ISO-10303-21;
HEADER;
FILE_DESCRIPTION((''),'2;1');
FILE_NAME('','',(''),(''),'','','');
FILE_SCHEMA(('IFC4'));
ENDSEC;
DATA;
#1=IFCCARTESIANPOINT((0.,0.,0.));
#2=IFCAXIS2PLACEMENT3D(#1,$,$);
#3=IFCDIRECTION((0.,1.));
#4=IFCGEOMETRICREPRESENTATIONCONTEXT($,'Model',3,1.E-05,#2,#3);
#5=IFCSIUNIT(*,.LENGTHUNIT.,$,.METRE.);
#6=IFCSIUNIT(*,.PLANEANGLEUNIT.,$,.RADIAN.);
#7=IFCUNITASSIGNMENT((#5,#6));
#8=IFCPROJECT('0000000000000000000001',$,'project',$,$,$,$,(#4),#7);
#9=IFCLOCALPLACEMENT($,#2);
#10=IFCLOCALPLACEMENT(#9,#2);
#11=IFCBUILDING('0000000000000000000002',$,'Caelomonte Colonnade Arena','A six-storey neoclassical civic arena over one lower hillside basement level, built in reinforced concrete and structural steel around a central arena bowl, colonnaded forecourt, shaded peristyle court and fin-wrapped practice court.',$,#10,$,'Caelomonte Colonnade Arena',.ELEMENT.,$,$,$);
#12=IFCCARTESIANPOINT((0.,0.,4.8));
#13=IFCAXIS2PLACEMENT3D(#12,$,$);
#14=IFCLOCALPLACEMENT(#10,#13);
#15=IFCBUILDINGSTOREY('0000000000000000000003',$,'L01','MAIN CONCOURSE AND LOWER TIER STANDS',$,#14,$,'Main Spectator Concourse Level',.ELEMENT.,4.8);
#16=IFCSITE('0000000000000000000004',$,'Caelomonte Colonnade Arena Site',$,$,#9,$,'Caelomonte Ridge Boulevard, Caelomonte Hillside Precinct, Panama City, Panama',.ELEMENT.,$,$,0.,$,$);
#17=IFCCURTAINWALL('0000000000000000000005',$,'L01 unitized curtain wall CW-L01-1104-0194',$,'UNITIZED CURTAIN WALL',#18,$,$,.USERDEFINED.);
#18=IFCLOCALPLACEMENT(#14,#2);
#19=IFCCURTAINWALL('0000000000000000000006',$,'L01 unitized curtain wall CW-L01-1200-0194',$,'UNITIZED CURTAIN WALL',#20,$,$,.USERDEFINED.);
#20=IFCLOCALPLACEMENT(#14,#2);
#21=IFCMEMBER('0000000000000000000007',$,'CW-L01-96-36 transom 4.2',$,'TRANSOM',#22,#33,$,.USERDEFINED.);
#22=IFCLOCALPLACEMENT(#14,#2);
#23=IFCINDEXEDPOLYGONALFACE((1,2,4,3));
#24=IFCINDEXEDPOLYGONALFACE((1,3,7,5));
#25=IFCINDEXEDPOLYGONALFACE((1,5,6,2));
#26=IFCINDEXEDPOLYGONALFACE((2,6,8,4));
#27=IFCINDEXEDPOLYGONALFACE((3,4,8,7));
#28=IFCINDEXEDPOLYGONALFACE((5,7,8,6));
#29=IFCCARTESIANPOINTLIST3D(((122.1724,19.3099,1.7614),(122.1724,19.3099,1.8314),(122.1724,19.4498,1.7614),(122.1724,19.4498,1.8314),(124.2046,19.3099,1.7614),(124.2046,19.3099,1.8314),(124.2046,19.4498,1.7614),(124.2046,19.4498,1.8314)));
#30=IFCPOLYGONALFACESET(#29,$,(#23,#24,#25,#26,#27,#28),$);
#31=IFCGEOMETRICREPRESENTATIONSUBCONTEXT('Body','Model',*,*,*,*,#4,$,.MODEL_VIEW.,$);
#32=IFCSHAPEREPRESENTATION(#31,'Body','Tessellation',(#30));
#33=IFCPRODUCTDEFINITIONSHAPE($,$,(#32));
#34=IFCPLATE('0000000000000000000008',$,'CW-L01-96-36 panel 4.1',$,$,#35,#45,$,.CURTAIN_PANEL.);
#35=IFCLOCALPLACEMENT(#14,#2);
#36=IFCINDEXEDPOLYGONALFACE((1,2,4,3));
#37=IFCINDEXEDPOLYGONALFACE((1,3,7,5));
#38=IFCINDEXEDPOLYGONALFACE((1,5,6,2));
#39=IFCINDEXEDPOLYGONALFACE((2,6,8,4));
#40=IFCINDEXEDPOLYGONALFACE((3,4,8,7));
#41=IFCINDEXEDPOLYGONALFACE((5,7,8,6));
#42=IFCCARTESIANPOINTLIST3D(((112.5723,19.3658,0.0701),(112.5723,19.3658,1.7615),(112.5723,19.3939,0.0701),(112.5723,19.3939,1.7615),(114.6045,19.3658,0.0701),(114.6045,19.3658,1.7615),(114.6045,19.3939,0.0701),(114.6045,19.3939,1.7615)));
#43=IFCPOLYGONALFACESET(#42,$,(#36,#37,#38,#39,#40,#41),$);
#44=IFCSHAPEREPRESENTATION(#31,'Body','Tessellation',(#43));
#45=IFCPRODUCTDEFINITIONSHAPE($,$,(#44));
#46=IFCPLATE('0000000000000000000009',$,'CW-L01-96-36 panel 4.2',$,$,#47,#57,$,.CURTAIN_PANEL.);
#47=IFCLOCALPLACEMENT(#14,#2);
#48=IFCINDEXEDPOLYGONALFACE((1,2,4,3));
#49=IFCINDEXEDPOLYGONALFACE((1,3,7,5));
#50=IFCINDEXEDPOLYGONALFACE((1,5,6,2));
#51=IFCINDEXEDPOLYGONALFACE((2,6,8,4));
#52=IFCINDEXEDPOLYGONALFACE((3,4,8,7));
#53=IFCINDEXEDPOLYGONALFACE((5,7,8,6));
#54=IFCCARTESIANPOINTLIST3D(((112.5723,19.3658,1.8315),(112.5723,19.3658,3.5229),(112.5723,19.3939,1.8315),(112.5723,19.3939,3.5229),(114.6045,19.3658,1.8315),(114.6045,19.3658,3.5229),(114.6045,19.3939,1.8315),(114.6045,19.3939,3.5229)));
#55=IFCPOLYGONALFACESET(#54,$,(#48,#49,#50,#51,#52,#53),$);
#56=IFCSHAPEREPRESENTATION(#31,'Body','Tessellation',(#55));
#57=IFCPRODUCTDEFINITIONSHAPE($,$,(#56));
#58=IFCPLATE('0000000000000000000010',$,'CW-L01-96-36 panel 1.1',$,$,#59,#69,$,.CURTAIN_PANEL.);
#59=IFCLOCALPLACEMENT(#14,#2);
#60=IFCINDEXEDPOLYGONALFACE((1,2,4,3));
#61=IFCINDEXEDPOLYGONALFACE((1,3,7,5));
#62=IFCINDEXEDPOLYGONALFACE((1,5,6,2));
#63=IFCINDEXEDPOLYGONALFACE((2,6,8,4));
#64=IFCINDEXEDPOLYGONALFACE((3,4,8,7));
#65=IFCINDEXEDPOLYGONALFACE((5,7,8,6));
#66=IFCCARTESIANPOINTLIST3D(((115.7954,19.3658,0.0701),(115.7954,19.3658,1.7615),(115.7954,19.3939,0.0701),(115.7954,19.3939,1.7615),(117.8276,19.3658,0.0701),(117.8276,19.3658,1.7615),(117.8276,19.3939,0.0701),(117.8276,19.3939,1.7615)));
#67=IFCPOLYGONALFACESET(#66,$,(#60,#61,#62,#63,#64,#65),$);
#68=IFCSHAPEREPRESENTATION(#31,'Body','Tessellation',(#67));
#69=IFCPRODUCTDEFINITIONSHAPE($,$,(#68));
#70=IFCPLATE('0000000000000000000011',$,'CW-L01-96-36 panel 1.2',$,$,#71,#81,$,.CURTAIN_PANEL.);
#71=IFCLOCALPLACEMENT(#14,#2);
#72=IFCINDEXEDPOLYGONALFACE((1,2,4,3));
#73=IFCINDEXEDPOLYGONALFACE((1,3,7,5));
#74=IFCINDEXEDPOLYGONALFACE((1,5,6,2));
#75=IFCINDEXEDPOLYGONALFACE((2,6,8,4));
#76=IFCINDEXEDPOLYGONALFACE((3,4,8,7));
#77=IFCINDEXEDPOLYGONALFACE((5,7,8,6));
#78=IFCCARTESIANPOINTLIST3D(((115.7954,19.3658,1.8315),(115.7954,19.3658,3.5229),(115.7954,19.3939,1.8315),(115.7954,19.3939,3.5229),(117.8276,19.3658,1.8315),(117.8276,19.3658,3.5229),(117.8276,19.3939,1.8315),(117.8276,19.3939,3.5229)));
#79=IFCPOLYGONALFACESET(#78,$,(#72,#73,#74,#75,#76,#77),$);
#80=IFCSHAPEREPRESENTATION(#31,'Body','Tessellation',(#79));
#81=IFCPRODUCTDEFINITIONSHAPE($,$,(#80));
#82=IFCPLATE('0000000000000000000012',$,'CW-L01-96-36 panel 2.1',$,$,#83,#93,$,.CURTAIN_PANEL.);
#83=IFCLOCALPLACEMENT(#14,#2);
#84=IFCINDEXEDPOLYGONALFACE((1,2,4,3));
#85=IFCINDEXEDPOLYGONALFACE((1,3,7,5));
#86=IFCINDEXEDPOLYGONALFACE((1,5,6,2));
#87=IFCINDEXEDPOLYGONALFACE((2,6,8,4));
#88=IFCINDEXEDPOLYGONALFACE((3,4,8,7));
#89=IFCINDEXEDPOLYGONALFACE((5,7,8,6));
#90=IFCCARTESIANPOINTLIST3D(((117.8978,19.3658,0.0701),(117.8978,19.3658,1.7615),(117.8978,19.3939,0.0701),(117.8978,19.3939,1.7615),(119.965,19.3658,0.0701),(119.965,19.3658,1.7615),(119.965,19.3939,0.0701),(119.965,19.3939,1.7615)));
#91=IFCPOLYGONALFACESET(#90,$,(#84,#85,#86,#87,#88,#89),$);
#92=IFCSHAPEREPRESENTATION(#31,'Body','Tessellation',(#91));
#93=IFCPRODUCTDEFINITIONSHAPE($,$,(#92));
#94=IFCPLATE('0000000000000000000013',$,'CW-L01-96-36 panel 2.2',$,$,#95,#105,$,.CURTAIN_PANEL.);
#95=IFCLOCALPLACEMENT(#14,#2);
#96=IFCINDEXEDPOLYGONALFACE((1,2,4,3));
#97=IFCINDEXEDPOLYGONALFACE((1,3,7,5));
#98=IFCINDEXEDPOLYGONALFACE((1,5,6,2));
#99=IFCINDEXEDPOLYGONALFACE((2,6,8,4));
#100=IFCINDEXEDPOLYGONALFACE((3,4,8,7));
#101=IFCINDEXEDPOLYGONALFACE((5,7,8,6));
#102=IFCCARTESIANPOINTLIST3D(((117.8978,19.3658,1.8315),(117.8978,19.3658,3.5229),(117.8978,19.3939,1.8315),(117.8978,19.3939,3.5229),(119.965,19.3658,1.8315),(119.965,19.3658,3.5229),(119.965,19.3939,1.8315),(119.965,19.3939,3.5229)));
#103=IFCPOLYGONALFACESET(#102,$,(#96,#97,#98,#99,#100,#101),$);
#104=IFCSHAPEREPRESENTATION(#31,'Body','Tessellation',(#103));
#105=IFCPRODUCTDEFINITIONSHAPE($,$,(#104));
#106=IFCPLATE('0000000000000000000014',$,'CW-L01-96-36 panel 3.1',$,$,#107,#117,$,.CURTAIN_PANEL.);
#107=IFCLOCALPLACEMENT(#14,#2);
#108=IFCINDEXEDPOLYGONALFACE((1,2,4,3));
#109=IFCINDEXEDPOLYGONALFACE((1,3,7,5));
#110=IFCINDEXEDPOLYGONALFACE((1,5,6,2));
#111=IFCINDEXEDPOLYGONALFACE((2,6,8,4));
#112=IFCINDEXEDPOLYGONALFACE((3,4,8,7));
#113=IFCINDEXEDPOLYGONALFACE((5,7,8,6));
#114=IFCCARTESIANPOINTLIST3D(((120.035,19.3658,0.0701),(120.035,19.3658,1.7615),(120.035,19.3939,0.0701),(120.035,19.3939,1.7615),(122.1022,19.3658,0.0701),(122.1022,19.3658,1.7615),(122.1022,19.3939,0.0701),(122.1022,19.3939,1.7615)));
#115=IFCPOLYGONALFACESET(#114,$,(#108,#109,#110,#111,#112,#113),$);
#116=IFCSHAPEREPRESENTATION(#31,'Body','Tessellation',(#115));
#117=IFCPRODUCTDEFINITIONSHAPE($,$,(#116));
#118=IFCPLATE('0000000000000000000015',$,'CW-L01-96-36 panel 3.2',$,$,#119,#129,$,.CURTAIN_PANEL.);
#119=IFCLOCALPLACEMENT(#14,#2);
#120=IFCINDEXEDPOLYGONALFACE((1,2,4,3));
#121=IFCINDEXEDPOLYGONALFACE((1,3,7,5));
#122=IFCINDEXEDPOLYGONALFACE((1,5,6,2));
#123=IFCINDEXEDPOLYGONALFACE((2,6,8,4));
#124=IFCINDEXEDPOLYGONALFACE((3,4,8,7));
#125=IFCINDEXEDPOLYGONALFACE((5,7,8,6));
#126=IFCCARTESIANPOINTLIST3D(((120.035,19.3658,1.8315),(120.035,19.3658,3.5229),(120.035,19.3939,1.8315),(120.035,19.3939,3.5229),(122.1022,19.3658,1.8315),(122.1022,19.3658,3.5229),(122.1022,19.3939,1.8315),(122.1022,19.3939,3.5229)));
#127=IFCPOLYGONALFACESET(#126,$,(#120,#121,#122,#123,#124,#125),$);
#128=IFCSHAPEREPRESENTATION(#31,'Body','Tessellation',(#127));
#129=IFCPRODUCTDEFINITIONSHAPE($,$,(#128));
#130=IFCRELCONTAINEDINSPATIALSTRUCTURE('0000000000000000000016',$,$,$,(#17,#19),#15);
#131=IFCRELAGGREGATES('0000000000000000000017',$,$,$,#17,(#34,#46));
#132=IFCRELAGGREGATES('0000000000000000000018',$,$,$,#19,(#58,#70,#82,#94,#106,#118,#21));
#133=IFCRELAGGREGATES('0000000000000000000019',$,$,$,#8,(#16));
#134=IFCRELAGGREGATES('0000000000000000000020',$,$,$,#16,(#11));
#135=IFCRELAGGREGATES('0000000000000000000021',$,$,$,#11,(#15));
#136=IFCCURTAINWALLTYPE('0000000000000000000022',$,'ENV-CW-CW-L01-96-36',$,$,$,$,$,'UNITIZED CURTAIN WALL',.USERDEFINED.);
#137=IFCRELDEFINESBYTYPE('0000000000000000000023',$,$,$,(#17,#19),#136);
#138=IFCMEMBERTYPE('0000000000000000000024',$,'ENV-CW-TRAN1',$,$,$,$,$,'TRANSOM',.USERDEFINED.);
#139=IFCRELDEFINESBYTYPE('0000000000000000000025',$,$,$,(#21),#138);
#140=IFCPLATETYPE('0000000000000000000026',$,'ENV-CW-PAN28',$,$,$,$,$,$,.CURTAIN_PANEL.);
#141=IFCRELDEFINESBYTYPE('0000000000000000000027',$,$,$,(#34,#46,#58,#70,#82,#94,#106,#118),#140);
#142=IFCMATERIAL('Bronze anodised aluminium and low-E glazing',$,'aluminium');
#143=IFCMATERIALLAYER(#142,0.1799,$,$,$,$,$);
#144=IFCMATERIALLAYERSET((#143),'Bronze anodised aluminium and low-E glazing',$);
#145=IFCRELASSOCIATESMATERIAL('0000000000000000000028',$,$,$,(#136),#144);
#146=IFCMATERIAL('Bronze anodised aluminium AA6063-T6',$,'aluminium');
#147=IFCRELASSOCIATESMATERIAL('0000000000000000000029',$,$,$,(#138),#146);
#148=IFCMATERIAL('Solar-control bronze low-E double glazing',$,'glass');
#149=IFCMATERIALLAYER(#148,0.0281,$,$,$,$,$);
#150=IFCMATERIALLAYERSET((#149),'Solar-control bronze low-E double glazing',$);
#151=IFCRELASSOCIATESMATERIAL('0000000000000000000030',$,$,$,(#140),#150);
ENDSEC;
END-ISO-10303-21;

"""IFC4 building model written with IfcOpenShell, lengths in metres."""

from ifc_helpers import new_model, si_unit, direction, frame, origin, origin_2d, place, context, subcontext, project, spatial, rectangle, extrude, material, layer, layer_set, material_profile, profile_set, type_object, element, aggregate, save


model = new_model("IFC4")

# Units and contexts
model_context = context("Model", 3, precision=1e-05, world=origin(), true_north=direction((0.0, 1.0)))
body_context = subcontext(model_context, "Body", "Model", "MODEL_VIEW")
ifc_project = project(units=[si_unit("LENGTHUNIT", "METRE"), si_unit("PLANEANGLEUNIT", "RADIAN")], contexts=[model_context])

# Site, building, storey
site_placement = place(None, origin())
site = spatial("IfcSite", under=ifc_project, at=site_placement, Name="Caelomonte Colonnade Arena Site", LongName="Caelomonte Ridge Boulevard, Caelomonte Hillside Precinct, Panama City, Panama", CompositionType="ELEMENT", RefElevation=0.0)
building_placement = place(site_placement, origin())
building = spatial("IfcBuilding", under=site, at=building_placement, Name="Caelomonte Colonnade Arena", Description="A six-storey neoclassical civic arena over one lower hillside basement level, built in reinforced concrete and structural steel around a central arena bowl, colonnaded forecourt, shaded peristyle court and fin-wrapped practice court.", LongName="Caelomonte Colonnade Arena", CompositionType="ELEMENT")
storey_placement = place(building_placement, frame((0.0, 0.0, 4.8)))
storey = spatial("IfcBuildingStorey", under=building, at=storey_placement, Name="L01", Description="MAIN CONCOURSE AND LOWER TIER STANDS", LongName="Main Spectator Concourse Level", CompositionType="ELEMENT", Elevation=4.8)

# Curtain wall
ifc_material_1 = material(Name="Bronze anodised aluminium and low-E glazing", Category="aluminium")
ifc_layer_1 = layer(ifc_material_1, 0.1799)
ifc_layer_set_1 = layer_set([ifc_layer_1], Name="Bronze anodised aluminium and low-E glazing")
curtain_wall_type = type_object("IfcCurtainWallType", Name="ENV-CW-CW-L01-96-36", ElementType="UNITIZED CURTAIN WALL", PredefinedType="USERDEFINED", material=ifc_layer_set_1)
curtain_wall_1_placement = place(storey_placement, origin())
curtain_wall_1 = element("IfcCurtainWall", 1, at=curtain_wall_1_placement, inside=storey, type_object=curtain_wall_type, Name="L01 unitized curtain wall CW-L01-1104-0194", ObjectType="UNITIZED CURTAIN WALL", PredefinedType="USERDEFINED")
ifc_material_2 = material(Name="Bronze anodised aluminium AA6063-T6", Category="aluminium")

# Curtain wall, member
curtain_wall_2_placement = place(storey_placement, origin())
curtain_wall_2 = element("IfcCurtainWall", 2, at=curtain_wall_2_placement, inside=storey, type_object=curtain_wall_type, Name="L01 unitized curtain wall CW-L01-1200-0194", ObjectType="UNITIZED CURTAIN WALL", PredefinedType="USERDEFINED")
ifc_material_profile_1 = material_profile(ifc_material_2, rectangle(XDim=0.0701, YDim=0.1399, at=origin_2d()), Name="CWT-70X140")
ifc_profile_set_1 = profile_set([ifc_material_profile_1], Name="Bronze anodised aluminium AA6063-T6")
member_type_1 = type_object("IfcMemberType", Name="ENV-CW-TRAN1", ElementType="TRANSOM", PredefinedType="USERDEFINED", material=ifc_profile_set_1)
member_1_placement = place(storey_placement, frame((122.1724, 19.3799, 1.7964), z_axis=(1.0, 0.0, 0.0), x_axis=(0.0, 0.0, 1.0)))
member_1 = element("IfcMember", 3, at=member_1_placement, type_object=member_type_1, Name="CW-L01-96-36 transom 4.2", ObjectType="TRANSOM", PredefinedType="USERDEFINED", context=body_context, shape_type="SweptSolid", body=[
    extrude(rectangle(XDim=0.0701, YDim=0.1399, at=origin_2d()), origin(), (0.0, 0.0, 1.0), 2.0322),
])

# Plates
ifc_material_3 = material(Name="Solar-control bronze low-E double glazing", Category="glass")
ifc_layer_2 = layer(ifc_material_3, 0.0281)
ifc_layer_set_2 = layer_set([ifc_layer_2], Name="Solar-control bronze low-E double glazing")
plate_type = type_object("IfcPlateType", Name="ENV-CW-PAN28", PredefinedType="CURTAIN_PANEL", material=ifc_layer_set_2)
plate_1_placement = place(storey_placement, frame((113.5884, 19.3799, 0.0701), z_axis=(0.0, 0.0, 1.0), x_axis=(1.0, 0.0, 0.0)))
plate_1 = element("IfcPlate", 4, at=plate_1_placement, type_object=plate_type, Name="CW-L01-96-36 panel 4.1", PredefinedType="CURTAIN_PANEL", context=body_context, shape_type="SweptSolid", body=[
    extrude(rectangle(XDim=2.0322, YDim=0.0281, at=origin_2d()), origin(), (0.0, 0.0, 1.0), 1.6914),
])
plate_2_placement = place(storey_placement, frame((113.5884, 19.3799, 1.8315), z_axis=(0.0, 0.0, 1.0), x_axis=(1.0, 0.0, 0.0)))
plate_2 = element("IfcPlate", 5, at=plate_2_placement, type_object=plate_type, Name="CW-L01-96-36 panel 4.2", PredefinedType="CURTAIN_PANEL", context=body_context, shape_type="SweptSolid", body=[
    extrude(rectangle(XDim=2.0322, YDim=0.0281, at=origin_2d()), origin(), (0.0, 0.0, 1.0), 1.6914),
])
aggregate(curtain_wall_1, [plate_1, plate_2])
plate_3_placement = place(storey_placement, frame((116.8115, 19.3799, 0.0701), z_axis=(0.0, 0.0, 1.0), x_axis=(1.0, 0.0, 0.0)))
plate_3 = element("IfcPlate", 6, at=plate_3_placement, type_object=plate_type, Name="CW-L01-96-36 panel 1.1", PredefinedType="CURTAIN_PANEL", context=body_context, shape_type="SweptSolid", body=[
    extrude(rectangle(XDim=2.0322, YDim=0.0281, at=origin_2d()), origin(), (0.0, 0.0, 1.0), 1.6914),
])
plate_4_placement = place(storey_placement, frame((116.8115, 19.3799, 1.8315), z_axis=(0.0, 0.0, 1.0), x_axis=(1.0, 0.0, 0.0)))
plate_4 = element("IfcPlate", 7, at=plate_4_placement, type_object=plate_type, Name="CW-L01-96-36 panel 1.2", PredefinedType="CURTAIN_PANEL", context=body_context, shape_type="SweptSolid", body=[
    extrude(rectangle(XDim=2.0322, YDim=0.0281, at=origin_2d()), origin(), (0.0, 0.0, 1.0), 1.6914),
])
plate_5_placement = place(storey_placement, frame((118.9314, 19.3799, 0.0701), z_axis=(0.0, 0.0, 1.0), x_axis=(1.0, 0.0, 0.0)))
plate_5 = element("IfcPlate", 8, at=plate_5_placement, type_object=plate_type, Name="CW-L01-96-36 panel 2.1", PredefinedType="CURTAIN_PANEL", context=body_context, shape_type="SweptSolid", body=[
    extrude(rectangle(XDim=2.0671, YDim=0.0281, at=origin_2d()), origin(), (0.0, 0.0, 1.0), 1.6914),
])
plate_6_placement = place(storey_placement, frame((118.9314, 19.3799, 1.8315), z_axis=(0.0, 0.0, 1.0), x_axis=(1.0, 0.0, 0.0)))
plate_6 = element("IfcPlate", 9, at=plate_6_placement, type_object=plate_type, Name="CW-L01-96-36 panel 2.2", PredefinedType="CURTAIN_PANEL", context=body_context, shape_type="SweptSolid", body=[
    extrude(rectangle(XDim=2.0671, YDim=0.0281, at=origin_2d()), origin(), (0.0, 0.0, 1.0), 1.6914),
])
plate_7_placement = place(storey_placement, frame((121.0686, 19.3799, 0.0701), z_axis=(0.0, 0.0, 1.0), x_axis=(1.0, 0.0, 0.0)))
plate_7 = element("IfcPlate", 10, at=plate_7_placement, type_object=plate_type, Name="CW-L01-96-36 panel 3.1", PredefinedType="CURTAIN_PANEL", context=body_context, shape_type="SweptSolid", body=[
    extrude(rectangle(XDim=2.0671, YDim=0.0281, at=origin_2d()), origin(), (0.0, 0.0, 1.0), 1.6914),
])
plate_8_placement = place(storey_placement, frame((121.0686, 19.3799, 1.8315), z_axis=(0.0, 0.0, 1.0), x_axis=(1.0, 0.0, 0.0)))
plate_8 = element("IfcPlate", 11, at=plate_8_placement, type_object=plate_type, Name="CW-L01-96-36 panel 3.2", PredefinedType="CURTAIN_PANEL", context=body_context, shape_type="SweptSolid", body=[
    extrude(rectangle(XDim=2.0671, YDim=0.0281, at=origin_2d()), origin(), (0.0, 0.0, 1.0), 1.6914),
])
aggregate(curtain_wall_2, [plate_3, plate_4, plate_5, plate_6, plate_7, plate_8, member_1])

save(model, "model.ifc")
